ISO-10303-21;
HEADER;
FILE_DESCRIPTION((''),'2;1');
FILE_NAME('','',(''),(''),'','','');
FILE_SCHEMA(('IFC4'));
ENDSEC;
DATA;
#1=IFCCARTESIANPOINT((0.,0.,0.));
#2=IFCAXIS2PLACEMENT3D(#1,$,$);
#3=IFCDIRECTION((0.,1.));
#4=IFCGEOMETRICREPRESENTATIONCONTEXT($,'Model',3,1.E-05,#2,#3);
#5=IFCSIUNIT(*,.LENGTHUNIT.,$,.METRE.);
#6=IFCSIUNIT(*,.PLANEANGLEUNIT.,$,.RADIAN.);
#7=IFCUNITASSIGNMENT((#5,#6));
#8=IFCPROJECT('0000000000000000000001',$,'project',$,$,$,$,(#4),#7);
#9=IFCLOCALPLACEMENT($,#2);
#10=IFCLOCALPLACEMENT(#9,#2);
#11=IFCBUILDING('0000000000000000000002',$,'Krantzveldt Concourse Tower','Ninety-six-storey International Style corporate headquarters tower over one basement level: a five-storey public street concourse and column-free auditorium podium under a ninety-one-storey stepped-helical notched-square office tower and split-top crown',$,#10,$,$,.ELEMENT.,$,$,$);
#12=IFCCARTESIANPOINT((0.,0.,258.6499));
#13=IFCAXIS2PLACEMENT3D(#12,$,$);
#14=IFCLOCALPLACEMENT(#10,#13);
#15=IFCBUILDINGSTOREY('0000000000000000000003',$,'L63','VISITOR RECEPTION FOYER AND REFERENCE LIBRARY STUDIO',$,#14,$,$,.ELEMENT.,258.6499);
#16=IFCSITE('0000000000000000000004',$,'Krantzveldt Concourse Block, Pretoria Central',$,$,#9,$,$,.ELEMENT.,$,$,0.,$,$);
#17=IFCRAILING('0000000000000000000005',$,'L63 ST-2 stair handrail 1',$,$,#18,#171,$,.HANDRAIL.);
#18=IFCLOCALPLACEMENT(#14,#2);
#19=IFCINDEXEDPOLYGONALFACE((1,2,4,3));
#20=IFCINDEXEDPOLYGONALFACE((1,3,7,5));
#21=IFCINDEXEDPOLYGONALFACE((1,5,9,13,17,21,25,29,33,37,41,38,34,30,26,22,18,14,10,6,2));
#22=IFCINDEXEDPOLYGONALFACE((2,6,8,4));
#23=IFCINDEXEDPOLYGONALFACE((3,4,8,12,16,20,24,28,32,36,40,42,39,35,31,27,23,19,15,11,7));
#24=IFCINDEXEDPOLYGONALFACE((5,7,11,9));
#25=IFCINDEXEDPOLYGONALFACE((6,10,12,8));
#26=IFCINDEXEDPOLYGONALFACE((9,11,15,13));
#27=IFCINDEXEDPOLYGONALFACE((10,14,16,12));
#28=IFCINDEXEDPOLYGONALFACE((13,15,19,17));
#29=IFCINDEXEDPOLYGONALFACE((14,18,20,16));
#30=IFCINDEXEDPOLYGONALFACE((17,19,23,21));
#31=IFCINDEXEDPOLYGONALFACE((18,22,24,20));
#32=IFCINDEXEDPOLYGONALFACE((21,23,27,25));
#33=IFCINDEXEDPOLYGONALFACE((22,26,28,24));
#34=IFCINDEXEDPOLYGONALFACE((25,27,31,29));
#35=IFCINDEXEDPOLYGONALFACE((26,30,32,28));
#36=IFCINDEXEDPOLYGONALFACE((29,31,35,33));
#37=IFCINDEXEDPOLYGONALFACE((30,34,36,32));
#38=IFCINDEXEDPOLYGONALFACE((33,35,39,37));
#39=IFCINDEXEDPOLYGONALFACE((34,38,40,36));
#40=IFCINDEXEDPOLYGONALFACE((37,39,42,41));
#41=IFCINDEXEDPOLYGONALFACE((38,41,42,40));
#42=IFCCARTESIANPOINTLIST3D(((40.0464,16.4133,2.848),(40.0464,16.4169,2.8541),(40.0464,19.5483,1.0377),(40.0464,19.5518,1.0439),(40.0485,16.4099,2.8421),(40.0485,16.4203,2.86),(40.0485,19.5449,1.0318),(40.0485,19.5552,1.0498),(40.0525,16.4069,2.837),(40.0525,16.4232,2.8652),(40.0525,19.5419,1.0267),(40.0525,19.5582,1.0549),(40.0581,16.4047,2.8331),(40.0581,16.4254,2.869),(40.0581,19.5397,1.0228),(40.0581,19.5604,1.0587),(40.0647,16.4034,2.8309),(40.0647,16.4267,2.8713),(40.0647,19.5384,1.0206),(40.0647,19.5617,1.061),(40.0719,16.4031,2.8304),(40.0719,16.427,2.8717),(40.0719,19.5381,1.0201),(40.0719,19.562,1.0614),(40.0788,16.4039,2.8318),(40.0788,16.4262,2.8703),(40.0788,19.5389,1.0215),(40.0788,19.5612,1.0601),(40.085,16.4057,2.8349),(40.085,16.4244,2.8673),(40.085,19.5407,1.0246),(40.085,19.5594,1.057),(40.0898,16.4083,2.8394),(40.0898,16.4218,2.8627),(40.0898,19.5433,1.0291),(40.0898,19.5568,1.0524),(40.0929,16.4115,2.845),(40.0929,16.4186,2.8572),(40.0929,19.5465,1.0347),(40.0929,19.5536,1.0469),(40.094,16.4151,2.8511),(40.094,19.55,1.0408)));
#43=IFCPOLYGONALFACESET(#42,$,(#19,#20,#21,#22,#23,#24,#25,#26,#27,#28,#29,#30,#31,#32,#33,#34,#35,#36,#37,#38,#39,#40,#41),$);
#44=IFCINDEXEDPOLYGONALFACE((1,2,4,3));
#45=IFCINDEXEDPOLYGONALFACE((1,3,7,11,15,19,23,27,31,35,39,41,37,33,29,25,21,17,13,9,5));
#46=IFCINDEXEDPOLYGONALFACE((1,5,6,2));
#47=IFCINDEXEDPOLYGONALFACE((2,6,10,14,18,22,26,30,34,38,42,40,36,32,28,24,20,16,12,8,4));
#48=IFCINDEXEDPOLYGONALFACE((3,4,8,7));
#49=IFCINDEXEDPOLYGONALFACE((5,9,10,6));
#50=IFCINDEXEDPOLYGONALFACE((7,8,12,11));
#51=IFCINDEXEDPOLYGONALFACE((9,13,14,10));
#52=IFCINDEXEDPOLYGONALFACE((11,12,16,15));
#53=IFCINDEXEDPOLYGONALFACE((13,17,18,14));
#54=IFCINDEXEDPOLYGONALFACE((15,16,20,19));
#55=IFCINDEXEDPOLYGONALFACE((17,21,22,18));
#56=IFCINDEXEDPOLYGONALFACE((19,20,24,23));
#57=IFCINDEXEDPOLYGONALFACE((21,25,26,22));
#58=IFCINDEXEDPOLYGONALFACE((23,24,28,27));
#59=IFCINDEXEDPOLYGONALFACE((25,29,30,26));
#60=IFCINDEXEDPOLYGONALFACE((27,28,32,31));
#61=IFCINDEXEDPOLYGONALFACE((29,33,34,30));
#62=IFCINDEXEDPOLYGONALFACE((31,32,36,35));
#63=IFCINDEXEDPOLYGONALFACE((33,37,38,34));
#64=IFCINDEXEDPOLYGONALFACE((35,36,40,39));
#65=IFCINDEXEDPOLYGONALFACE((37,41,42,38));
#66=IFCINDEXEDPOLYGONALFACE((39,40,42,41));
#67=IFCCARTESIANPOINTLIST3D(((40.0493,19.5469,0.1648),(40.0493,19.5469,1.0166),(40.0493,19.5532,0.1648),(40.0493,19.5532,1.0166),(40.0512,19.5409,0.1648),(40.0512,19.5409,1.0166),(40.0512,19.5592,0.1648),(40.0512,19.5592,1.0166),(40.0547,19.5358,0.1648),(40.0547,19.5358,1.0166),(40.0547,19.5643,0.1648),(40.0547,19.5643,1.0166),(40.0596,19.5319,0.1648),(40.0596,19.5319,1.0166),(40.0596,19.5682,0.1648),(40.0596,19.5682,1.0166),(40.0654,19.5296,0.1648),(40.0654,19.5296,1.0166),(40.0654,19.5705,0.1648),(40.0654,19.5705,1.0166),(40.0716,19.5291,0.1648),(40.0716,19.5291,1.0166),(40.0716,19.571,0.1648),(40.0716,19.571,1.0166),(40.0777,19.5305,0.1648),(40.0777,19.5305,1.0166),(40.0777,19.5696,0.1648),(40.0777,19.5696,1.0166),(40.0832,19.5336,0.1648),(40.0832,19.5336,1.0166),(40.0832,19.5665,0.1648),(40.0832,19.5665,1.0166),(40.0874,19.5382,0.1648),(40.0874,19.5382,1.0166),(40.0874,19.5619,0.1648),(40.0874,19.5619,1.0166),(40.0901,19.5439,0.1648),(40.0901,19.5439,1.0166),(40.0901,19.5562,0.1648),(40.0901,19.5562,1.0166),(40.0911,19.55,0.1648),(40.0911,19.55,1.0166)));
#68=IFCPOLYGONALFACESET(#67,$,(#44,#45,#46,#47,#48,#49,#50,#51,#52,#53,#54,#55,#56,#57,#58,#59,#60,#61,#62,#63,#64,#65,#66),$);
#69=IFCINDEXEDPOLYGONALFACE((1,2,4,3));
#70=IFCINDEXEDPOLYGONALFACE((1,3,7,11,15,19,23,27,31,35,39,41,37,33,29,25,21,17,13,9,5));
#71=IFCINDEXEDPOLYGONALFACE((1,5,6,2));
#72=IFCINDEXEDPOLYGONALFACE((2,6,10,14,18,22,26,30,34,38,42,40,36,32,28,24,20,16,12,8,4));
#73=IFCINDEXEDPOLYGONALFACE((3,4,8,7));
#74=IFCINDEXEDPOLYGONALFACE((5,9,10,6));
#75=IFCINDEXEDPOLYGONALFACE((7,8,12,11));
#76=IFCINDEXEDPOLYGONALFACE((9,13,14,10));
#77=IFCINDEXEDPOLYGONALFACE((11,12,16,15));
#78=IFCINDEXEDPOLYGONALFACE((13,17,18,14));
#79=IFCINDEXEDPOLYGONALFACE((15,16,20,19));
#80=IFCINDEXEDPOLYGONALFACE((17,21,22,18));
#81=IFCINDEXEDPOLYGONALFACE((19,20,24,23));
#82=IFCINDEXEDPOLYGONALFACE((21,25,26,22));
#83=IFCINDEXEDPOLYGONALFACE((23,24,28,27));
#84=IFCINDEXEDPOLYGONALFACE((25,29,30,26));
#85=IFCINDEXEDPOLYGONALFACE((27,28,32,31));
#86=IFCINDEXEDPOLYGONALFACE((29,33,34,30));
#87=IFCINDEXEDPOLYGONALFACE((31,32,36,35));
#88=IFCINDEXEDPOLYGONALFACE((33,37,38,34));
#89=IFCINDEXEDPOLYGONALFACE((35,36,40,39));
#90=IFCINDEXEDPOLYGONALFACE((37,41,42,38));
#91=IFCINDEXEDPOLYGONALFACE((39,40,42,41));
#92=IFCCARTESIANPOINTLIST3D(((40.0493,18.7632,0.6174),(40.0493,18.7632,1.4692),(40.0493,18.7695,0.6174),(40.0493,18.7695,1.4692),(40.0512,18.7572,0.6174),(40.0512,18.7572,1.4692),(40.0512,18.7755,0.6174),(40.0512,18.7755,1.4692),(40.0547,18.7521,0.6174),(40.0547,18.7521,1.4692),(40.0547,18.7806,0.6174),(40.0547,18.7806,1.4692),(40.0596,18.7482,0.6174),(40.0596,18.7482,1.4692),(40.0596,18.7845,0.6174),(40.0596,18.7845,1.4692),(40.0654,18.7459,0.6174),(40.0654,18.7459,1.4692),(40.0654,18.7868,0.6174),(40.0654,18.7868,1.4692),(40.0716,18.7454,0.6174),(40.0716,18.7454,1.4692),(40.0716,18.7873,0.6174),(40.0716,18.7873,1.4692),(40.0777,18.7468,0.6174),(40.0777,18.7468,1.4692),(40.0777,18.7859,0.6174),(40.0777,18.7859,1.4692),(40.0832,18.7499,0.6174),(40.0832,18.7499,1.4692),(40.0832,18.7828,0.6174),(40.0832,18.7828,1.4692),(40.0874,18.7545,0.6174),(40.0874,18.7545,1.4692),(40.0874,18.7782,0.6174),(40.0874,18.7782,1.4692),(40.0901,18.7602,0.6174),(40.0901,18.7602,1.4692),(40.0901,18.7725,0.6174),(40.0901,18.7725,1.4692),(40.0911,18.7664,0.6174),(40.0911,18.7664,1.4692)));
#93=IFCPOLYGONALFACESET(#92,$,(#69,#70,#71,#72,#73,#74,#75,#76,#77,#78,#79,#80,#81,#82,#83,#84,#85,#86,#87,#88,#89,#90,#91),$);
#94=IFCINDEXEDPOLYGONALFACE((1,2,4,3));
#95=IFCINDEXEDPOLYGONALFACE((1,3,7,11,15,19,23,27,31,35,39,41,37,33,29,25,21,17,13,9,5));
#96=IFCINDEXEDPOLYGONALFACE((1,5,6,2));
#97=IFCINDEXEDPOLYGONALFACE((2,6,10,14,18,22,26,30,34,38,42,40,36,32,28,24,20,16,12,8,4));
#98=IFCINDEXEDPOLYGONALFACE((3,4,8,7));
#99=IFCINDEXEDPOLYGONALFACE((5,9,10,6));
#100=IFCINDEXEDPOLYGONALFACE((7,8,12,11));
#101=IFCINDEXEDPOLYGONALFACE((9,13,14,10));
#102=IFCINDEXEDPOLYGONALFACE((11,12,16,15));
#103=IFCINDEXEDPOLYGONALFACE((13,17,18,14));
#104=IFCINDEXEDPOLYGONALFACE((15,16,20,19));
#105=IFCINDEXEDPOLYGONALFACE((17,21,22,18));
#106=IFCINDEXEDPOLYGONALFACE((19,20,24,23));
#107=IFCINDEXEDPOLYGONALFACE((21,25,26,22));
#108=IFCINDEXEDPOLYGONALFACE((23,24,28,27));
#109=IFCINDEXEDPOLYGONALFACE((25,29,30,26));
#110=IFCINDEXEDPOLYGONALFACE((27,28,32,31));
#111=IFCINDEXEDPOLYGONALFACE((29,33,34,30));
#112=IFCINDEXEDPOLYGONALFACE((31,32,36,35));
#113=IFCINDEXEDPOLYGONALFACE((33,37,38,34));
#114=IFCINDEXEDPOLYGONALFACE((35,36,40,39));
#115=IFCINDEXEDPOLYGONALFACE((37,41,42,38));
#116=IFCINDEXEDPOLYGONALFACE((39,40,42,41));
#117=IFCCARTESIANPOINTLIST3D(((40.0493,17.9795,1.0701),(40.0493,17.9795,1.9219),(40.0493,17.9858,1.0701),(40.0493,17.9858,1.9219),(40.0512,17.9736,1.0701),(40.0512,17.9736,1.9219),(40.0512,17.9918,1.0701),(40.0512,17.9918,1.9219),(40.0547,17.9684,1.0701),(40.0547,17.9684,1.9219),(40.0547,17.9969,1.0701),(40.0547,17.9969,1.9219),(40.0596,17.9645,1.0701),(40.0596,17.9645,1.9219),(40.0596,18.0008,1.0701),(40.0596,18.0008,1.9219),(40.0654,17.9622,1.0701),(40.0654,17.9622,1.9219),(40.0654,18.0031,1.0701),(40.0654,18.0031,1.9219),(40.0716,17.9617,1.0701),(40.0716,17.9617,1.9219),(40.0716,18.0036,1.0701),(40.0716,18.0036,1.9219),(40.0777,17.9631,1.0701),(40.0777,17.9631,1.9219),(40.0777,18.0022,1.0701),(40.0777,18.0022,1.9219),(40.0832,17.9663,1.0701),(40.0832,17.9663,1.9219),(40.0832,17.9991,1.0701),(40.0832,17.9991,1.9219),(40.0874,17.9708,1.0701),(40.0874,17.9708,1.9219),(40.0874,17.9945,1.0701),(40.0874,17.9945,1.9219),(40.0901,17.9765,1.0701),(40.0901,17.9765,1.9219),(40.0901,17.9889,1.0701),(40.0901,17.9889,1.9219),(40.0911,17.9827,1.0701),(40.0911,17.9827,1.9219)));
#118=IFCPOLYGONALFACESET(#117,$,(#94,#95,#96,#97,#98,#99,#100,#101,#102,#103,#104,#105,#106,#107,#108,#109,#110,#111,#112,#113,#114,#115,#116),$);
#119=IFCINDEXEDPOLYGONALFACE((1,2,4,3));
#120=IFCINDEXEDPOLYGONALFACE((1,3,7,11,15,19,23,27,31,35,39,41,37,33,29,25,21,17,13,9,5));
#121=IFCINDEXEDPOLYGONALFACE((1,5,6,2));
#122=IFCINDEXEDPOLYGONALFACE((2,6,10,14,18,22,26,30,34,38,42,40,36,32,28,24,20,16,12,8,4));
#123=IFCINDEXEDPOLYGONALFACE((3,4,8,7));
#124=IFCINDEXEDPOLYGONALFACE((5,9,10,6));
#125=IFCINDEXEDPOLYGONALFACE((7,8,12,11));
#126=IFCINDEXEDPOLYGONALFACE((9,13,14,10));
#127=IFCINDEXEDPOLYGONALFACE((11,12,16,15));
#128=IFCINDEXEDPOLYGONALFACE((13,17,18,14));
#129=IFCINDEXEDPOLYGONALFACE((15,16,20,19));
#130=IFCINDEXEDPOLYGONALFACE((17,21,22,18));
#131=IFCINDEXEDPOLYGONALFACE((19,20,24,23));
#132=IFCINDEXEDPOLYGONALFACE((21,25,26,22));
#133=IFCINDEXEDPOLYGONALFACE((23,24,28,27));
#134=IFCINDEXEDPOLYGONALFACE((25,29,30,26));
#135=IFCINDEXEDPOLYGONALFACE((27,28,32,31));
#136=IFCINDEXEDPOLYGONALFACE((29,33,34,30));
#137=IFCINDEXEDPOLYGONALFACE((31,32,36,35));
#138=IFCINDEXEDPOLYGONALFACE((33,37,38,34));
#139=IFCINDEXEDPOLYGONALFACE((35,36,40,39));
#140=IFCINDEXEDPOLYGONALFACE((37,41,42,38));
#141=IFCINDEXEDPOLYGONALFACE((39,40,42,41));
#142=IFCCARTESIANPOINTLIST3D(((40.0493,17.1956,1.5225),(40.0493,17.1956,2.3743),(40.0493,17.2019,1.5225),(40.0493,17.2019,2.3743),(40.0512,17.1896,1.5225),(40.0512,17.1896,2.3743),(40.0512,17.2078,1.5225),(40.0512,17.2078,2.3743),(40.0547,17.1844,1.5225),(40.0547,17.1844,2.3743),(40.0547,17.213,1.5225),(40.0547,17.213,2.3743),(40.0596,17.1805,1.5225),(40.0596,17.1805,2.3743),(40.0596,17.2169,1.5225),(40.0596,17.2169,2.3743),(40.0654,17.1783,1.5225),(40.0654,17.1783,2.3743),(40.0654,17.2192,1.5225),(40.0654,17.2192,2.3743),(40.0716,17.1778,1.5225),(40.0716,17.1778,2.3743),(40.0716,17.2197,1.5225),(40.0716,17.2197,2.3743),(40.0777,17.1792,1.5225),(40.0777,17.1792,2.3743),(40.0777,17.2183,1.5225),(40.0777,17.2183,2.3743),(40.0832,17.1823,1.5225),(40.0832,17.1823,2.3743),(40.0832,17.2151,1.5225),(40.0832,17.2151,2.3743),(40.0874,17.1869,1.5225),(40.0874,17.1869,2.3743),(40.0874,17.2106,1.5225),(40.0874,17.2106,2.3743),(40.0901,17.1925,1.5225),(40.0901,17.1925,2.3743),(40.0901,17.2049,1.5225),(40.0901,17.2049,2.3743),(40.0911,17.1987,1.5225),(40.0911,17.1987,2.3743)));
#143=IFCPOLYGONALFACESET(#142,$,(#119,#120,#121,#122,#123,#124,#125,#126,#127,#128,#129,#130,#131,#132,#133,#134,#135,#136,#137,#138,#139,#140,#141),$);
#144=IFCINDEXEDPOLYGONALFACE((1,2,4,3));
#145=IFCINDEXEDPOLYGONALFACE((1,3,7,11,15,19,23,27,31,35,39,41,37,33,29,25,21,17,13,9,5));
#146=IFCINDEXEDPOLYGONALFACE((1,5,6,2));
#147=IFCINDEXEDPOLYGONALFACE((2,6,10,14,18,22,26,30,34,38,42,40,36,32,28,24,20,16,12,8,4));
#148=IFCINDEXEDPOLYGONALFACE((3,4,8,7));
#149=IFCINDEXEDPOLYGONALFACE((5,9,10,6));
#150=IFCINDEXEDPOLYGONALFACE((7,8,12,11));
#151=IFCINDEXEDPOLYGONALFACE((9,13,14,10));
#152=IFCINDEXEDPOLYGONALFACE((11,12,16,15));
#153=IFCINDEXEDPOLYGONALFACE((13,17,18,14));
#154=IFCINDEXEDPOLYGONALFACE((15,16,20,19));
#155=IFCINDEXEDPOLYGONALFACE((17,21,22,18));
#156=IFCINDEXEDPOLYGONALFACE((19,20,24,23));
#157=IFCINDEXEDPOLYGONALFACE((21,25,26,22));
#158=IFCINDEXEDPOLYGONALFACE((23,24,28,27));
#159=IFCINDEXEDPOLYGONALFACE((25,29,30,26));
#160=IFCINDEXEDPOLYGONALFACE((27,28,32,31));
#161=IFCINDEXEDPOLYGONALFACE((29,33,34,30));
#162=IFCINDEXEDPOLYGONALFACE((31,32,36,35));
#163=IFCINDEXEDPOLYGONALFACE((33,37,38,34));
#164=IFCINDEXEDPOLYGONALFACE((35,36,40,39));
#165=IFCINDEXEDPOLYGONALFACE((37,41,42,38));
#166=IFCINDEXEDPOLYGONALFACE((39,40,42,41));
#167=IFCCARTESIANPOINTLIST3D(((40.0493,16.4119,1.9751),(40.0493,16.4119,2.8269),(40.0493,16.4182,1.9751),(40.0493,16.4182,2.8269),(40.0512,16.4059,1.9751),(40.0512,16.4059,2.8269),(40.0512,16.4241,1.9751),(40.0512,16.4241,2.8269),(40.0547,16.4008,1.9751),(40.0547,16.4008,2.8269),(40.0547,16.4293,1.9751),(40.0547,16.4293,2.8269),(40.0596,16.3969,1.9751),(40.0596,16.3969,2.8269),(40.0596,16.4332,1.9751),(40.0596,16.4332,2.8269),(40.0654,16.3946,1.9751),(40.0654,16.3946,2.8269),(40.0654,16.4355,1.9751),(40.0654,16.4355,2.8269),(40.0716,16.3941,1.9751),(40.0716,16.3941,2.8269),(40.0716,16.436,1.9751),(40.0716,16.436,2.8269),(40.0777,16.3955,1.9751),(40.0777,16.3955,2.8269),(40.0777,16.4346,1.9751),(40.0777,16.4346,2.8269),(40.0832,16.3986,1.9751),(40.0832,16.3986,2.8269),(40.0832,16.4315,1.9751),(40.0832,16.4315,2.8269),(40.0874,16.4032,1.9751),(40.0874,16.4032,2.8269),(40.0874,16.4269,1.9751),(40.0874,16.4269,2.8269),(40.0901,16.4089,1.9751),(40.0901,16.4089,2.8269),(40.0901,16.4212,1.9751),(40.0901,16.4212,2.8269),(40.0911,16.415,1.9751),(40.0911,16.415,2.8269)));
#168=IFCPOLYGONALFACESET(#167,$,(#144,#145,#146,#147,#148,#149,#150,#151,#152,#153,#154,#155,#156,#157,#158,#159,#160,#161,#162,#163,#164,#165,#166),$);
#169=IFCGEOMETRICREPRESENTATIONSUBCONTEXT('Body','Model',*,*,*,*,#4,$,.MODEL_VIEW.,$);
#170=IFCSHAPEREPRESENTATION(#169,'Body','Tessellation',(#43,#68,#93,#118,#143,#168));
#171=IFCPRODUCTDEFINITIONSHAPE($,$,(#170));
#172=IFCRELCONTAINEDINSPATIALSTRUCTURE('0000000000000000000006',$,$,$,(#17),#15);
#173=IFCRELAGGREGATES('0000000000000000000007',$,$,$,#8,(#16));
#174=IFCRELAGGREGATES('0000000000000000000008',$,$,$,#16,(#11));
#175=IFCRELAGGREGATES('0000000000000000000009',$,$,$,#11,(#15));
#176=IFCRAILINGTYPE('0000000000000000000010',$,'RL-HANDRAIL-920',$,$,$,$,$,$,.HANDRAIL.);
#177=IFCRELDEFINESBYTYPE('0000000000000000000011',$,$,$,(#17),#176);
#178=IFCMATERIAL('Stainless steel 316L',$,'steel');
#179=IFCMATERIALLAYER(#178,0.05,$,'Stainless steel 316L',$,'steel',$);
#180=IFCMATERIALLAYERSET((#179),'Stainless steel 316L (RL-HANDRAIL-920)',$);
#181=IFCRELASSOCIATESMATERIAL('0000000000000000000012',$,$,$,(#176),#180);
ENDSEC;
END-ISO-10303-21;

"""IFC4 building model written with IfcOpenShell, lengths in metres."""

from ifc_helpers import new_model, si_unit, direction, frame, origin, origin_2d, place, context, subcontext, project, spatial, circle, extrude, material, layer, layer_set, type_object, element, save


model = new_model("IFC4")

# Units and contexts
model_context = context("Model", 3, precision=1e-05, world=origin(), true_north=direction((0.0, 1.0)))
body_context = subcontext(model_context, "Body", "Model", "MODEL_VIEW")
ifc_project = project(units=[si_unit("LENGTHUNIT", "METRE"), si_unit("PLANEANGLEUNIT", "RADIAN")], contexts=[model_context])

# Site, building, storey
site_placement = place(None, origin())
site = spatial("IfcSite", under=ifc_project, at=site_placement, Name="Krantzveldt Concourse Block, Pretoria Central", CompositionType="ELEMENT", RefElevation=0.0)
building_placement = place(site_placement, origin())
building = spatial("IfcBuilding", under=site, at=building_placement, Name="Krantzveldt Concourse Tower", Description="Ninety-six-storey International Style corporate headquarters tower over one basement level: a five-storey public street concourse and column-free auditorium podium under a ninety-one-storey stepped-helical notched-square office tower and split-top crown", CompositionType="ELEMENT")
storey_placement = place(building_placement, frame((0.0, 0.0, 258.6499)))
storey = spatial("IfcBuildingStorey", under=building, at=storey_placement, Name="L63", Description="VISITOR RECEPTION FOYER AND REFERENCE LIBRARY STUDIO", CompositionType="ELEMENT", Elevation=258.6499)

# Shared definitions
ifc_material_1 = material(Name="Stainless steel 316L", Category="steel")

# Railing
ifc_layer_1 = layer(ifc_material_1, 0.05, Name="Stainless steel 316L", Category="steel")
ifc_layer_set_1 = layer_set([ifc_layer_1], Name="Stainless steel 316L (RL-HANDRAIL-920)")
railing_type_1 = type_object("IfcRailingType", Name="RL-HANDRAIL-920", PredefinedType="HANDRAIL", material=ifc_layer_set_1)
railing_1_placement = place(storey_placement, frame((40.0701, 19.55, 0.1648)))
element("IfcRailing", 1, at=railing_1_placement, inside=storey, type_object=railing_type_1, Name="L63 ST-2 stair handrail 1", PredefinedType="HANDRAIL", context=body_context, shape_type="SweptSolid", body=[
    extrude(circle(Radius=0.0239, at=origin_2d()), frame((0.0, 0.0, 0.876), z_axis=(0.0, -0.865989, 0.500063), x_axis=(1.0, 0.0, 0.0)), (0.0, 0.0, 1.0), 3.6201),
    extrude(circle(Radius=0.021, at=origin_2d()), origin(), (0.0, 0.0, 1.0), 0.8518),
    extrude(circle(Radius=0.021, at=origin_2d()), frame((0.0, -0.7837, 0.4526)), (0.0, 0.0, 1.0), 0.8518),
    extrude(circle(Radius=0.021, at=origin_2d()), frame((0.0, -1.5674, 0.9053)), (0.0, 0.0, 1.0), 0.8518),
    extrude(circle(Radius=0.021, at=origin_2d()), frame((0.0, -2.3513, 1.3577)), (0.0, 0.0, 1.0), 0.8518),
    extrude(circle(Radius=0.021, at=origin_2d()), frame((0.0, -3.135, 1.8103)), (0.0, 0.0, 1.0), 0.8518),
])

save(model, "model.ifc")
